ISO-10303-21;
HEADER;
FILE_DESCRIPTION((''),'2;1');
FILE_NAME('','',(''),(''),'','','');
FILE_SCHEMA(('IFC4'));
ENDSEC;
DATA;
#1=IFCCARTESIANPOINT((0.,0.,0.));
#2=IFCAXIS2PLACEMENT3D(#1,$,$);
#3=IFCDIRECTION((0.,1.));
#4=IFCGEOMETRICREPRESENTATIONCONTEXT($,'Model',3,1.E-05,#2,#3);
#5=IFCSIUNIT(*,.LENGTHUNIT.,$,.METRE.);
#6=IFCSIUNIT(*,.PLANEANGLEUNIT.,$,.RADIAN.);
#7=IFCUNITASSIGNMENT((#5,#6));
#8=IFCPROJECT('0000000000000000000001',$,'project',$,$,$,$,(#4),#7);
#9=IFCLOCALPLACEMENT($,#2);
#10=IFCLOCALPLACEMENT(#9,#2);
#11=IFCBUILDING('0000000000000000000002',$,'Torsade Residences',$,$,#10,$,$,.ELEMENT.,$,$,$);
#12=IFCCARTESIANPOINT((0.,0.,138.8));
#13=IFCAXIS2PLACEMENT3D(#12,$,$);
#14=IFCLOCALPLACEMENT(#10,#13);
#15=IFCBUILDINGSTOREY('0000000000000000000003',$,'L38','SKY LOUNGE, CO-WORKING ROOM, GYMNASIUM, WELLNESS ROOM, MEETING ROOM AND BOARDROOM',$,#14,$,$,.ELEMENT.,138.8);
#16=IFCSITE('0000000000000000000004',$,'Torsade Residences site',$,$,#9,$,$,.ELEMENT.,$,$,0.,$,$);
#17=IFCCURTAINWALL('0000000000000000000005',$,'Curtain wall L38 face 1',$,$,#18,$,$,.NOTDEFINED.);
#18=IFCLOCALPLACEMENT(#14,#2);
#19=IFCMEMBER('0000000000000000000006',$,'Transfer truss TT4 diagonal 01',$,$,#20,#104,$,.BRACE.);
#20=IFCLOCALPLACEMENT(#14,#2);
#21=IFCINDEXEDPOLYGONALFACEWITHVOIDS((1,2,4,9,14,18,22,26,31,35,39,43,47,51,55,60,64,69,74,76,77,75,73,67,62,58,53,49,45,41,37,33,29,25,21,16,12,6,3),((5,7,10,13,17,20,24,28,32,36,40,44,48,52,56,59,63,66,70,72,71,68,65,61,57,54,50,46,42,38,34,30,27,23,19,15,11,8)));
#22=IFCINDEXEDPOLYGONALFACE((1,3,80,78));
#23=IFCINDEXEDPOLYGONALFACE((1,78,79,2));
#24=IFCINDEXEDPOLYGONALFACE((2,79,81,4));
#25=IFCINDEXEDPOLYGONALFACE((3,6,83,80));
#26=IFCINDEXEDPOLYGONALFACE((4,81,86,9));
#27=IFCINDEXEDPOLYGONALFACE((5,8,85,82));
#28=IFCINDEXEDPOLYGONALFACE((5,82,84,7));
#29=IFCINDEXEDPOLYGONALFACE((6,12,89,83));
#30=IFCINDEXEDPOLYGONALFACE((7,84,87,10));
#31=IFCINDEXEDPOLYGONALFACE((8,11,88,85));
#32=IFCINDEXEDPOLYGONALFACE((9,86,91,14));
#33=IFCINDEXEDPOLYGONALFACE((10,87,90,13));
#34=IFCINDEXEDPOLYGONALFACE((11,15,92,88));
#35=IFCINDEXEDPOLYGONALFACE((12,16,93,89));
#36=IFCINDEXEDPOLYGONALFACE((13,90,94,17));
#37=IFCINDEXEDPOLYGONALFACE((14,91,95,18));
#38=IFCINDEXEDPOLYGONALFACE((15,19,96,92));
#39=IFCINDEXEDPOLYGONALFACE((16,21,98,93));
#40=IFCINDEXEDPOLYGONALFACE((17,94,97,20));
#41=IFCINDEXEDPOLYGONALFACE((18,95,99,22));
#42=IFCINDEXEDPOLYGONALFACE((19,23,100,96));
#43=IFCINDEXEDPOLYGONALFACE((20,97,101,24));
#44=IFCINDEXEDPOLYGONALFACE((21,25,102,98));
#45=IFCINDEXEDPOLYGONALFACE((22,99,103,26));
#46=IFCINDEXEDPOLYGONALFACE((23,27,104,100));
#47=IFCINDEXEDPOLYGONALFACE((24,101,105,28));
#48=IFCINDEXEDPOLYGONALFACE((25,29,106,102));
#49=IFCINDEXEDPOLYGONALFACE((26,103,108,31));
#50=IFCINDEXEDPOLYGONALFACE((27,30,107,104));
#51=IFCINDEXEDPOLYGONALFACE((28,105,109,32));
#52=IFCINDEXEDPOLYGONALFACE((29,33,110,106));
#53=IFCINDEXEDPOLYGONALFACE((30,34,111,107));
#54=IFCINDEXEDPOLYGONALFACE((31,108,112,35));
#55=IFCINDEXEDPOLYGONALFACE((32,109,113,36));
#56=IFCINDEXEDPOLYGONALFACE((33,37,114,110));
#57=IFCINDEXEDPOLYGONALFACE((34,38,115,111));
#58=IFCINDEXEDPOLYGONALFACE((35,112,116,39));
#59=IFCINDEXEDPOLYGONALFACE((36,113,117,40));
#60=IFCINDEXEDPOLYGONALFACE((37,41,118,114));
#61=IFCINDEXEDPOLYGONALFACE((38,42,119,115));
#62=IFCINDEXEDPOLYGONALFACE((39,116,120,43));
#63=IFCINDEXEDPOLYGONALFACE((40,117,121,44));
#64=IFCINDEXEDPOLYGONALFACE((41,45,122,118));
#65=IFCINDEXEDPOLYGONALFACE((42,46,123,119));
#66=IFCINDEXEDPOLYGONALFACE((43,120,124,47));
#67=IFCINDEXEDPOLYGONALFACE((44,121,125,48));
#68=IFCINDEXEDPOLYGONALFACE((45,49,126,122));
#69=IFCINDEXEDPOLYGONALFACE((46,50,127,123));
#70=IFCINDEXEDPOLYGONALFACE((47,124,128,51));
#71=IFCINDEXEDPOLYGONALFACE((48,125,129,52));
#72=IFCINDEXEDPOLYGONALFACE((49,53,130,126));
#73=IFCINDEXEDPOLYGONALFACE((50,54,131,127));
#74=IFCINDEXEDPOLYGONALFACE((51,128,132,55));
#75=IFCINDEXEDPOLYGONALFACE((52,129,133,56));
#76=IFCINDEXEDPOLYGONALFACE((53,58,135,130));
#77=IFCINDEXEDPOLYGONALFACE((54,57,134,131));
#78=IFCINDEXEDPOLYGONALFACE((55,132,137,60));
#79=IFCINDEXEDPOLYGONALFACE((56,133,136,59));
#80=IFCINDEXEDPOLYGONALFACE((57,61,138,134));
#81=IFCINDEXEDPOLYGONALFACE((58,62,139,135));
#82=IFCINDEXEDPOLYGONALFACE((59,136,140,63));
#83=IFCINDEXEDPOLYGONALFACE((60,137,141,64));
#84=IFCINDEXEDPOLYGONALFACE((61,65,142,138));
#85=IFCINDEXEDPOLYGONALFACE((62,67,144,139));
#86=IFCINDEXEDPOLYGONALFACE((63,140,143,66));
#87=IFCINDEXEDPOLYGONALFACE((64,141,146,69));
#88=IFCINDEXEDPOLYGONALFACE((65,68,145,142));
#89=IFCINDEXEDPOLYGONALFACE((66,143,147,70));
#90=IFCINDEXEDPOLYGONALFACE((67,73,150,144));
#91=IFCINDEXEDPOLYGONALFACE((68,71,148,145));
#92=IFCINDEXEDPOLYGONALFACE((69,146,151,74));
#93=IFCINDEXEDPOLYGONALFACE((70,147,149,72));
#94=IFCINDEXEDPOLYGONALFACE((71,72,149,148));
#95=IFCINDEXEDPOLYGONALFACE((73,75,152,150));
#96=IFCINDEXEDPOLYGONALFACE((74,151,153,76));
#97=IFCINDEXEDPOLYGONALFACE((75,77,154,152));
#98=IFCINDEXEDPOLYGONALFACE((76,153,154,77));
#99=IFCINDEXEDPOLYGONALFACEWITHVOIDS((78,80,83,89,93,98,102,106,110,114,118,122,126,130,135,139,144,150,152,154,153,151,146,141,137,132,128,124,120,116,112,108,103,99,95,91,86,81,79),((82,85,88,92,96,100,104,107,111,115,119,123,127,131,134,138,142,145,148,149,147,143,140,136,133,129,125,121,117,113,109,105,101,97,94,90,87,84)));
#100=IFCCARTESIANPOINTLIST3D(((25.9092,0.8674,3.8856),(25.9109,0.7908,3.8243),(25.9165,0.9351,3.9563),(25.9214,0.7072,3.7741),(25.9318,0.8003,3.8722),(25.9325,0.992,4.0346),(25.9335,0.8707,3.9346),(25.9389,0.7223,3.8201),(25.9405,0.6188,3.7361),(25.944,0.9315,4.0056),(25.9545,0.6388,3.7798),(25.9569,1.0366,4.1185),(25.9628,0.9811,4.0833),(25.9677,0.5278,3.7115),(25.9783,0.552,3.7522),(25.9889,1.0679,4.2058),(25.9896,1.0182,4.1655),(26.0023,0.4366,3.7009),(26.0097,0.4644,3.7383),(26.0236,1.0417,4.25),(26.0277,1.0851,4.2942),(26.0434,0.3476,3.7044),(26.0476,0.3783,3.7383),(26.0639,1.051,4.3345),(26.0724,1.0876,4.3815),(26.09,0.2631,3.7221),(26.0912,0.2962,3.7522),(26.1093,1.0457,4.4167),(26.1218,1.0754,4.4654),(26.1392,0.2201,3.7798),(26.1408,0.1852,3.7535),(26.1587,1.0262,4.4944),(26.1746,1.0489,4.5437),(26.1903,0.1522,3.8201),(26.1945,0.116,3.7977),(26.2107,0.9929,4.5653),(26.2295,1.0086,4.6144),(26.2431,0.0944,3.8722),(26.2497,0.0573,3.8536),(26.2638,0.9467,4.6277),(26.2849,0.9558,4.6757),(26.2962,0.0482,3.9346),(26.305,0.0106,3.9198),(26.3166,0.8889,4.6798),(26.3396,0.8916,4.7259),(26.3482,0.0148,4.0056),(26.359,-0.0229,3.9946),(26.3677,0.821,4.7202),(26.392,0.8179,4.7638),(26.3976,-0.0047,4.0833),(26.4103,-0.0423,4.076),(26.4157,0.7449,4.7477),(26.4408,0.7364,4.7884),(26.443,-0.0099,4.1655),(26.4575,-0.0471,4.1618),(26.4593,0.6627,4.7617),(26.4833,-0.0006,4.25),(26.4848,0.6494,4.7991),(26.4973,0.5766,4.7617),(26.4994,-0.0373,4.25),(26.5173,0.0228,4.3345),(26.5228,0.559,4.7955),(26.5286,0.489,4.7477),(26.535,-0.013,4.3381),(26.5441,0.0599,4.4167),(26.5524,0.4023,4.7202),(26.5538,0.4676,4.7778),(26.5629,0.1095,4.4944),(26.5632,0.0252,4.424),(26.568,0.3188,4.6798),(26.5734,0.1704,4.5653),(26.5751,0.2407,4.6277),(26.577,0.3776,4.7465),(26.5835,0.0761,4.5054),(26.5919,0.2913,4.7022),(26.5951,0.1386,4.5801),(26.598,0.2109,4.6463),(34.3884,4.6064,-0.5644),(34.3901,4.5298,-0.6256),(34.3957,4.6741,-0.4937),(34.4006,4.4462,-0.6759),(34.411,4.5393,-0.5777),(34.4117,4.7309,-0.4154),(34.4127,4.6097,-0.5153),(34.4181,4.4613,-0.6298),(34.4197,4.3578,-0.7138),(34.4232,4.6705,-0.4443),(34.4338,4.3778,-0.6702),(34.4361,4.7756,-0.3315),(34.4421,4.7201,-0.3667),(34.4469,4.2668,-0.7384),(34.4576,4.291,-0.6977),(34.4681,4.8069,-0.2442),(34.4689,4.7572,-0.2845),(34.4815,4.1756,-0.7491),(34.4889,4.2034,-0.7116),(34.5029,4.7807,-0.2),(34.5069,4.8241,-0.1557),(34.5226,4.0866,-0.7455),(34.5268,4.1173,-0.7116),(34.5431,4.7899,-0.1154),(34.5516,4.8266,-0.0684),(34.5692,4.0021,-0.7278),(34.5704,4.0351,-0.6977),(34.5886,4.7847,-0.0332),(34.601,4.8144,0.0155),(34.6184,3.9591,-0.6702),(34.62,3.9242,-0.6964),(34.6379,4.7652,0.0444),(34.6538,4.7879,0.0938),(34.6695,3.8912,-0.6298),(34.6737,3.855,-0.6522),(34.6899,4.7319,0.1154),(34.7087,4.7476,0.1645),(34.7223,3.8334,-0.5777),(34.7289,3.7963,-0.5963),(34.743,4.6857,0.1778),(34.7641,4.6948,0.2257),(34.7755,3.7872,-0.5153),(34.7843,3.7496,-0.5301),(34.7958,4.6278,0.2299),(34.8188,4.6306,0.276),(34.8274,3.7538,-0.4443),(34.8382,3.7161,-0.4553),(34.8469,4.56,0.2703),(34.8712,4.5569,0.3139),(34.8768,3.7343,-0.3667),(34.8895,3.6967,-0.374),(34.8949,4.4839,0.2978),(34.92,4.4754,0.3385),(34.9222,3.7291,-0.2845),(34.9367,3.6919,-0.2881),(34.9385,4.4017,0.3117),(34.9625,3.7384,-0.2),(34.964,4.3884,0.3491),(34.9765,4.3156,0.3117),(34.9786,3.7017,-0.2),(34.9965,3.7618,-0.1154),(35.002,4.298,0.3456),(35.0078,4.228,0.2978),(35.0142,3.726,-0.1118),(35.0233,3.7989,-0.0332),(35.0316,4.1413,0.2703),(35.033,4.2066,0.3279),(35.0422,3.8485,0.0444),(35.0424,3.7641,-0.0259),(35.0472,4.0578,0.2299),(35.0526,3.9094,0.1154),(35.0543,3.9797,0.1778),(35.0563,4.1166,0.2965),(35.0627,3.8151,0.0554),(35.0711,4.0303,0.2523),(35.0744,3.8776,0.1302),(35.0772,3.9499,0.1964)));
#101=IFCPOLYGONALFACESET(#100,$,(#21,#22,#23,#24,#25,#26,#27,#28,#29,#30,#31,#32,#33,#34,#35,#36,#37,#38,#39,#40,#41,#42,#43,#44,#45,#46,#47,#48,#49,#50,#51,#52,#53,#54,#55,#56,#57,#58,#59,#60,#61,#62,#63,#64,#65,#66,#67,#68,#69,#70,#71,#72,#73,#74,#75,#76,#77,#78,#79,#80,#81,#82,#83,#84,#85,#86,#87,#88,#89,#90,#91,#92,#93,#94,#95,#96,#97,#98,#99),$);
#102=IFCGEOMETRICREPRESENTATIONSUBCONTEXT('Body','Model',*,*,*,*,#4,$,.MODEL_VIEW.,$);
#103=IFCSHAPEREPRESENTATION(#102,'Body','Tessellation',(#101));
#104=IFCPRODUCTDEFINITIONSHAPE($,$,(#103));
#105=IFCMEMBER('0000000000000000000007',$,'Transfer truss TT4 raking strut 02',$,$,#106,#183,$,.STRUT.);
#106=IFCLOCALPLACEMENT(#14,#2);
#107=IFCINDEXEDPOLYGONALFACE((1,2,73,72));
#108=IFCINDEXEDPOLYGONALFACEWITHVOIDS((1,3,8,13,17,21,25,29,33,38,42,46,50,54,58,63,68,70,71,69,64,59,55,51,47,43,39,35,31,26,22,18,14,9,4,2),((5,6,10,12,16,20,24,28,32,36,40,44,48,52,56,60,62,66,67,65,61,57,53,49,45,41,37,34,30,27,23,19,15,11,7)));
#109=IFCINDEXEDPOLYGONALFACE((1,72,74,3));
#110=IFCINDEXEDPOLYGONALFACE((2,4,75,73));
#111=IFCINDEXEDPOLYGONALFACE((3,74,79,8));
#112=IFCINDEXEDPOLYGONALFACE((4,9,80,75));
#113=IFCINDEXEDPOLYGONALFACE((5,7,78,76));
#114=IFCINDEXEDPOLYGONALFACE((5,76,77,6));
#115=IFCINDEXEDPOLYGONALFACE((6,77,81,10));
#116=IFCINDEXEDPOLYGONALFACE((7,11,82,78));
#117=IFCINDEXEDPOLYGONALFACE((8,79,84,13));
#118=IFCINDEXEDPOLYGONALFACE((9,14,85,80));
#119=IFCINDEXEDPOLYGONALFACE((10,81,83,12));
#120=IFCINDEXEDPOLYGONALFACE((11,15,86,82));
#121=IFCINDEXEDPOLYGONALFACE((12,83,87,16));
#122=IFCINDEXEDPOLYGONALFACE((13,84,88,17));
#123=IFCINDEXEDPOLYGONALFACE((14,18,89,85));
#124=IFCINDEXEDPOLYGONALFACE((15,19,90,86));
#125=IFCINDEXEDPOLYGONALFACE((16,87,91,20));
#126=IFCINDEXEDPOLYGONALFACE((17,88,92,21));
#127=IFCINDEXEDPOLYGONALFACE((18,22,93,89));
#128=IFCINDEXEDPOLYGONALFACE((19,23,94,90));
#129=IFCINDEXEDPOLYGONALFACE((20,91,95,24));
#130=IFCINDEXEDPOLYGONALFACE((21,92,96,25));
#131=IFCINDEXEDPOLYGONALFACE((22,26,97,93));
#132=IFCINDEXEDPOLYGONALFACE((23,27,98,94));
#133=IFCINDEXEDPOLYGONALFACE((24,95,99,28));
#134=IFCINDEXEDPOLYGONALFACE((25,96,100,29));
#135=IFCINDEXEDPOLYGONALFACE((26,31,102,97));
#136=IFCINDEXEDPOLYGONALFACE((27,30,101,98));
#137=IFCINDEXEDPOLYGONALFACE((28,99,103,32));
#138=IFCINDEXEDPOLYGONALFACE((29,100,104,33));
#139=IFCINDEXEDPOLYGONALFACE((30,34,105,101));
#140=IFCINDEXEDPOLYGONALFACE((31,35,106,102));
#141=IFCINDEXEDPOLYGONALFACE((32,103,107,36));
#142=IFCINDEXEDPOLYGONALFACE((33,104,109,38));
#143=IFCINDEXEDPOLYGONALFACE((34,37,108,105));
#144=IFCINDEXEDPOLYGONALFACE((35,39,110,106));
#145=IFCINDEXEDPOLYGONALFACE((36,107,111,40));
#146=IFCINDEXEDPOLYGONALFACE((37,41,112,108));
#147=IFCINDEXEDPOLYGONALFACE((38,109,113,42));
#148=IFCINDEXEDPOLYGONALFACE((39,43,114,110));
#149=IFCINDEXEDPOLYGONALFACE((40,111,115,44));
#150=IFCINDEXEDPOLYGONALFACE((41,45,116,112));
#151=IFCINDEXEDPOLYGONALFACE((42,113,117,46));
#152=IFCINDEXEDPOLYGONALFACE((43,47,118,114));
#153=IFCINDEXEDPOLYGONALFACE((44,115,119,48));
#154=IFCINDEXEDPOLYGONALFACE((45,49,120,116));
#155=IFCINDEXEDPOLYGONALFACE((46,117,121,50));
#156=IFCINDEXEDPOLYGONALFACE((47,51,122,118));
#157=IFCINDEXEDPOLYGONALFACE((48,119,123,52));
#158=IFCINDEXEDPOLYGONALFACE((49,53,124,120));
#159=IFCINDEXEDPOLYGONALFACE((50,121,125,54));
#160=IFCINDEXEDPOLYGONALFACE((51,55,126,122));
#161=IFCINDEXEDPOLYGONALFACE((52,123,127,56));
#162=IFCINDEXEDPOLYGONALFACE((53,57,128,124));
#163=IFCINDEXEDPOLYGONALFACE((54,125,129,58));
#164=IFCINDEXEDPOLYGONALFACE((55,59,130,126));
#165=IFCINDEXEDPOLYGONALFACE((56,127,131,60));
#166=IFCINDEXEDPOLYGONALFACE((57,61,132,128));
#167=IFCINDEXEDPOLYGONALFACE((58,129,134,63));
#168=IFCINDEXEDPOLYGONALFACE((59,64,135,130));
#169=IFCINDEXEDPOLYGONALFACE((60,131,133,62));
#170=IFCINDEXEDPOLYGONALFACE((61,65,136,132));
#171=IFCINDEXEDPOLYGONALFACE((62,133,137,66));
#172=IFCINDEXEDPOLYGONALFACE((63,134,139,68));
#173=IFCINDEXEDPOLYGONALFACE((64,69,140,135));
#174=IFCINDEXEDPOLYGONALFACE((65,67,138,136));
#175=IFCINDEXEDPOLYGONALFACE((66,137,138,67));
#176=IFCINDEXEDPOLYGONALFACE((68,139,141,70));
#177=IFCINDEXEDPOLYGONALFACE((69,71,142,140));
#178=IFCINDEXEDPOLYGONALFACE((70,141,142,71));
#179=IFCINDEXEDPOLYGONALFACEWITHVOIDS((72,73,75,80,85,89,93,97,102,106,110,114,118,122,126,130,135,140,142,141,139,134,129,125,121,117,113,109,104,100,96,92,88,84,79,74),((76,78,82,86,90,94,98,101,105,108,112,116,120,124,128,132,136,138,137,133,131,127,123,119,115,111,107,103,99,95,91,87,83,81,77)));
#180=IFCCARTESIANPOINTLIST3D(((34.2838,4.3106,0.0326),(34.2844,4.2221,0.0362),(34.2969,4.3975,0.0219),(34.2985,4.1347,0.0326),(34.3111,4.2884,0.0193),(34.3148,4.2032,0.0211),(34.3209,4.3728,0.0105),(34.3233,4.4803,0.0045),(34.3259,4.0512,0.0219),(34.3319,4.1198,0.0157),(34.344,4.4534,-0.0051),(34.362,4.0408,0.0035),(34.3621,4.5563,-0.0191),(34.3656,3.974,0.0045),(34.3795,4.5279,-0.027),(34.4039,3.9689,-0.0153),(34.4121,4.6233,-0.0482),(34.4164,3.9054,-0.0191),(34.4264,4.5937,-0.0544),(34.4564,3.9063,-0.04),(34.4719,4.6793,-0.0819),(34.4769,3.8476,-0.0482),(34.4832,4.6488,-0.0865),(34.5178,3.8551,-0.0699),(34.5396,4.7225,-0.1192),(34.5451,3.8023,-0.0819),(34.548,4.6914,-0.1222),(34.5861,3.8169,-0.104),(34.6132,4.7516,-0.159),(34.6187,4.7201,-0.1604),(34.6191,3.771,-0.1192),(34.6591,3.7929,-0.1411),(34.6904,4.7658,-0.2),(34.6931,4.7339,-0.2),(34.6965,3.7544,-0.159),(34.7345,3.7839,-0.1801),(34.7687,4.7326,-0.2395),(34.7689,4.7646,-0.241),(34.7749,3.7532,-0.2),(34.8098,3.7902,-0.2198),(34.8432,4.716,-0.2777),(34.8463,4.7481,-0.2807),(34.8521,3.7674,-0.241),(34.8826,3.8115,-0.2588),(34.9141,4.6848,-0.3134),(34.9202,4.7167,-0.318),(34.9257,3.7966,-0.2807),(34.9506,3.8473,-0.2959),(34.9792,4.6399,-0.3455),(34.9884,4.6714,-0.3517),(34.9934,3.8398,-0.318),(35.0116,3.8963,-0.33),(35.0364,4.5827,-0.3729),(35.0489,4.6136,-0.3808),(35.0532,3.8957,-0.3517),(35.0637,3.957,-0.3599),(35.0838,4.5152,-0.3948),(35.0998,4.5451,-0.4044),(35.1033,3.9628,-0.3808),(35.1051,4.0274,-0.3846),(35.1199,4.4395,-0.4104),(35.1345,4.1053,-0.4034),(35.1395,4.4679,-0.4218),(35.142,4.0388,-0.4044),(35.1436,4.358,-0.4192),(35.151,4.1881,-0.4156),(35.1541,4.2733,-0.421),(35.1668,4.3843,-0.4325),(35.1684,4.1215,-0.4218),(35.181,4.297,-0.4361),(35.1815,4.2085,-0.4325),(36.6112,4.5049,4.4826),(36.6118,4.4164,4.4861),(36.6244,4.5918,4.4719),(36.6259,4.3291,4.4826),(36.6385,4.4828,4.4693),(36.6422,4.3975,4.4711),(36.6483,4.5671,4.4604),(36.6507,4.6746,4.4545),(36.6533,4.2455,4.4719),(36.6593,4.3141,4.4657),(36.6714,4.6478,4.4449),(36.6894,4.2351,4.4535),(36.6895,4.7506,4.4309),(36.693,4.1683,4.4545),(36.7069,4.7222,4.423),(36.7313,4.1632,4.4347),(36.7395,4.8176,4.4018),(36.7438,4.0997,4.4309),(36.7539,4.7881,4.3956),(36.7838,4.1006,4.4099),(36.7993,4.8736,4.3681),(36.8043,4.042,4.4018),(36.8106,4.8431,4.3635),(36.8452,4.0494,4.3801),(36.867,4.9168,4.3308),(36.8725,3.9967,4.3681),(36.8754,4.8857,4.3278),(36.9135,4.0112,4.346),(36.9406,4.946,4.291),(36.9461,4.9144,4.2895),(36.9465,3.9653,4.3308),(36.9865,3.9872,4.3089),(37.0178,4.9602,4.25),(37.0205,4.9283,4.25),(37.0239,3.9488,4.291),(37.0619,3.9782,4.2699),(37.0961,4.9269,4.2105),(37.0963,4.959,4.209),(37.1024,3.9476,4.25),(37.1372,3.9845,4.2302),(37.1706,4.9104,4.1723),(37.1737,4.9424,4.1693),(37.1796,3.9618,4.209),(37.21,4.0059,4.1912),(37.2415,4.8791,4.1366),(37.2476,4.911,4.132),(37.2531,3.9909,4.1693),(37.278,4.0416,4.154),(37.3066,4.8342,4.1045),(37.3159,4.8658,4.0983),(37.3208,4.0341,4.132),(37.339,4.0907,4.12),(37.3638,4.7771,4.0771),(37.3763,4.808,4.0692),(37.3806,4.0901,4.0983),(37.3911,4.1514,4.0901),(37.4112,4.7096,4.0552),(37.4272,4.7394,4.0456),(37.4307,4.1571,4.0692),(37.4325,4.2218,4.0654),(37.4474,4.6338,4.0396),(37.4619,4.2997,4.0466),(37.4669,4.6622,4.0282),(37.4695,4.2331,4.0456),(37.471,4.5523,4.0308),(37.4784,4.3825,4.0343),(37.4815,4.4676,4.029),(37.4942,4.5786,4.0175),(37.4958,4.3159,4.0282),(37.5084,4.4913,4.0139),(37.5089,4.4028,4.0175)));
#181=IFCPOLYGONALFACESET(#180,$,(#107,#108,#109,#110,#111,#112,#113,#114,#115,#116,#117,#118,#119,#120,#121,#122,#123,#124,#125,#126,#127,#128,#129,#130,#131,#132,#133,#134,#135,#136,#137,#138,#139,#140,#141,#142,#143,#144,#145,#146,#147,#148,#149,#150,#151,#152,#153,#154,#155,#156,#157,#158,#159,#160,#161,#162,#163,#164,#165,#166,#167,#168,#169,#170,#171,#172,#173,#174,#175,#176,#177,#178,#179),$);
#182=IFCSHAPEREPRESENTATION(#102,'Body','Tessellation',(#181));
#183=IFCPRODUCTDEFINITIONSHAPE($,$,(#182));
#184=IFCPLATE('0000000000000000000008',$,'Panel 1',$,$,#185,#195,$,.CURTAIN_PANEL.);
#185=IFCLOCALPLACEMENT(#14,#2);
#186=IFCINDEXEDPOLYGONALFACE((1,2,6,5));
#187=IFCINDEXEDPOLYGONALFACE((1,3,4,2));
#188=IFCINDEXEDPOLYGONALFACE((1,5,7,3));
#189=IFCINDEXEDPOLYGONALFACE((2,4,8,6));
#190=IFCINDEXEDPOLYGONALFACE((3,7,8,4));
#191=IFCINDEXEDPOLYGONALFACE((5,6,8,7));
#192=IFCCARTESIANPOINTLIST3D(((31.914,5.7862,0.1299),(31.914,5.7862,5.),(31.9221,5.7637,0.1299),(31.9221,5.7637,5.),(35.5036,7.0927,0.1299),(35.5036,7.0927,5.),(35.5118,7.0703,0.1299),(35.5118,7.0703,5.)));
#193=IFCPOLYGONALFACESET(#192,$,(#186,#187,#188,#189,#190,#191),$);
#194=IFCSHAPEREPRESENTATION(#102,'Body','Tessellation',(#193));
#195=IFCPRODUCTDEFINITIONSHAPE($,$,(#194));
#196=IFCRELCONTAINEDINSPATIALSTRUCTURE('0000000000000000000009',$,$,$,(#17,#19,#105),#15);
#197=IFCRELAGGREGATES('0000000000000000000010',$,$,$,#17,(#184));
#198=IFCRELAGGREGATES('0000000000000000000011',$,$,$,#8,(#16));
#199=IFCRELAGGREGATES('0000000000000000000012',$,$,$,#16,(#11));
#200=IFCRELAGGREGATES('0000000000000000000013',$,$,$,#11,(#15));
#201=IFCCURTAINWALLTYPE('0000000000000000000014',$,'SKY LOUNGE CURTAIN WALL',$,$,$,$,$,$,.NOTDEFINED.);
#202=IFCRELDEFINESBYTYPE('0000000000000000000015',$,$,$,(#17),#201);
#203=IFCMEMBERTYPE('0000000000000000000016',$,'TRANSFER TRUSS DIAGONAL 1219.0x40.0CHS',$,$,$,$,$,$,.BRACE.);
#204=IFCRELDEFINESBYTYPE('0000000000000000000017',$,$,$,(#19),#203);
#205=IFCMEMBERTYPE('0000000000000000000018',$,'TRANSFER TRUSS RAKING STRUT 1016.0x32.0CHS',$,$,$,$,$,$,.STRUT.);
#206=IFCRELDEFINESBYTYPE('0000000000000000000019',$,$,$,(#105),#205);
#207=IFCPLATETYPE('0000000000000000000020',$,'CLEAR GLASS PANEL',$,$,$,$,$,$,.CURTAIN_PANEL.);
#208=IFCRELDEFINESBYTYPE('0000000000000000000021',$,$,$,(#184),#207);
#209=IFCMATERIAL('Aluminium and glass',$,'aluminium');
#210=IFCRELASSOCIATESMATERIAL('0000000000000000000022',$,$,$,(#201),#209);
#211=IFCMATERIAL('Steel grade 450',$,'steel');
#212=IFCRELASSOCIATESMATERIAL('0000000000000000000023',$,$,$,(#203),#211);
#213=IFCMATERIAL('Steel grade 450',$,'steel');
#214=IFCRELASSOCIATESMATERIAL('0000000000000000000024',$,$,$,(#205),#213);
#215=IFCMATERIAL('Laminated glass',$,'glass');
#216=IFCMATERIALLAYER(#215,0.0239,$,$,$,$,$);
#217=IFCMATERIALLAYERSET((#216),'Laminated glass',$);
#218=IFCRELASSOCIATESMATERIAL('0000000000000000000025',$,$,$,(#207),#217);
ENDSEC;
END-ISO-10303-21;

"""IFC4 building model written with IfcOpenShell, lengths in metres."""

from ifc_helpers import new_model, si_unit, direction, frame, origin, origin_2d, place, context, subcontext, project, spatial, rectangle, hollow_circle, extrude, material, layer, layer_set, material_profile, profile_set, type_object, element, aggregate, save


model = new_model("IFC4")

# Units and contexts
model_context = context("Model", 3, precision=1e-05, world=origin(), true_north=direction((0.0, 1.0)))
body_context = subcontext(model_context, "Body", "Model", "MODEL_VIEW")
ifc_project = project(units=[si_unit("LENGTHUNIT", "METRE"), si_unit("PLANEANGLEUNIT", "RADIAN")], contexts=[model_context])

# Site, building, storey
site_placement = place(None, origin())
site = spatial("IfcSite", under=ifc_project, at=site_placement, Name="Torsade Residences site", CompositionType="ELEMENT", RefElevation=0.0)
building_placement = place(site_placement, origin())
building = spatial("IfcBuilding", under=site, at=building_placement, Name="Torsade Residences", CompositionType="ELEMENT")
storey_placement = place(building_placement, frame((0.0, 0.0, 138.8)))
storey = spatial("IfcBuildingStorey", under=building, at=storey_placement, Name="L38", Description="SKY LOUNGE, CO-WORKING ROOM, GYMNASIUM, WELLNESS ROOM, MEETING ROOM AND BOARDROOM", CompositionType="ELEMENT", Elevation=138.8)

# Curtain wall
ifc_material_1 = material(Name="Aluminium and glass", Category="aluminium")
curtain_wall_type = type_object("IfcCurtainWallType", Name="SKY LOUNGE CURTAIN WALL", PredefinedType="NOTDEFINED", material=ifc_material_1)
curtain_wall_1_placement = place(storey_placement, origin())
curtain_wall_1 = element("IfcCurtainWall", 1, at=curtain_wall_1_placement, inside=storey, type_object=curtain_wall_type, Name="Curtain wall L38 face 1", PredefinedType="NOTDEFINED")

# Members
ifc_material_2 = material(Name="Steel grade 450", Category="steel")
ifc_material_profile_1 = material_profile(ifc_material_2, hollow_circle(Radius=0.6096, WallThickness=0.04, at=origin_2d()), Name="1219.0x40.0CHS")
ifc_profile_set_1 = profile_set([ifc_material_profile_1], Name="Steel grade 450")
member_type_1 = type_object("IfcMemberType", Name="TRANSFER TRUSS DIAGONAL 1219.0x40.0CHS", PredefinedType="BRACE", material=ifc_profile_set_1)
member_1_placement = place(storey_placement, frame((34.7327, 4.2595, -0.2), z_axis=(-0.824824, -0.363715, 0.432871), x_axis=(0.403475, -0.914991, 0.0)))
element("IfcMember", 2, at=member_1_placement, inside=storey, type_object=member_type_1, Name="Transfer truss TT4 diagonal 01", PredefinedType="BRACE", context=body_context, shape_type="SweptSolid", body=[
    extrude(hollow_circle(Radius=0.6096, WallThickness=0.04, at=origin_2d()), origin(), (0.0, 0.0, 1.0), 10.28),
])
ifc_material_3 = material(Name="Steel grade 450", Category="steel")
ifc_material_profile_2 = material_profile(ifc_material_3, hollow_circle(Radius=0.5081, WallThickness=0.032, at=origin_2d()), Name="1016.0x32.0CHS")
ifc_profile_set_2 = profile_set([ifc_material_profile_2], Name="Steel grade 450")
member_type_2 = type_object("IfcMemberType", Name="TRANSFER TRUSS RAKING STRUT 1016.0x32.0CHS", PredefinedType="STRUT", material=ifc_profile_set_2)
member_2_placement = place(storey_placement, frame((34.7327, 4.2595, -0.2), z_axis=(0.463108, 0.038669, 0.885458), x_axis=(-0.08321, 0.996532, 0.0)))
element("IfcMember", 3, at=member_2_placement, inside=storey, type_object=member_type_2, Name="Transfer truss TT4 raking strut 02", PredefinedType="STRUT", context=body_context, shape_type="SweptSolid", body=[
    extrude(hollow_circle(Radius=0.5081, WallThickness=0.032, at=origin_2d()), origin(), (0.0, 0.0, 1.0), 5.0256),
])

# Plate
ifc_material_4 = material(Name="Laminated glass", Category="glass")
ifc_layer_1 = layer(ifc_material_4, 0.0239)
ifc_layer_set_1 = layer_set([ifc_layer_1], Name="Laminated glass")
plate_type = type_object("IfcPlateType", Name="CLEAR GLASS PANEL", PredefinedType="CURTAIN_PANEL", material=ifc_layer_set_1)
plate_1_placement = place(storey_placement, frame((33.7129, 6.4282, 0.1299), z_axis=(0.0, 0.0, 1.0), x_axis=(0.939693, 0.34202, 0.0)))
plate_1 = element("IfcPlate", 4, at=plate_1_placement, type_object=plate_type, Name="Panel 1", PredefinedType="CURTAIN_PANEL", context=body_context, shape_type="SweptSolid", body=[
    extrude(rectangle(XDim=3.8201, YDim=0.0239, at=origin_2d()), origin(), (0.0, 0.0, 1.0), 4.8701),
])
aggregate(curtain_wall_1, [plate_1])

save(model, "model.ifc")
